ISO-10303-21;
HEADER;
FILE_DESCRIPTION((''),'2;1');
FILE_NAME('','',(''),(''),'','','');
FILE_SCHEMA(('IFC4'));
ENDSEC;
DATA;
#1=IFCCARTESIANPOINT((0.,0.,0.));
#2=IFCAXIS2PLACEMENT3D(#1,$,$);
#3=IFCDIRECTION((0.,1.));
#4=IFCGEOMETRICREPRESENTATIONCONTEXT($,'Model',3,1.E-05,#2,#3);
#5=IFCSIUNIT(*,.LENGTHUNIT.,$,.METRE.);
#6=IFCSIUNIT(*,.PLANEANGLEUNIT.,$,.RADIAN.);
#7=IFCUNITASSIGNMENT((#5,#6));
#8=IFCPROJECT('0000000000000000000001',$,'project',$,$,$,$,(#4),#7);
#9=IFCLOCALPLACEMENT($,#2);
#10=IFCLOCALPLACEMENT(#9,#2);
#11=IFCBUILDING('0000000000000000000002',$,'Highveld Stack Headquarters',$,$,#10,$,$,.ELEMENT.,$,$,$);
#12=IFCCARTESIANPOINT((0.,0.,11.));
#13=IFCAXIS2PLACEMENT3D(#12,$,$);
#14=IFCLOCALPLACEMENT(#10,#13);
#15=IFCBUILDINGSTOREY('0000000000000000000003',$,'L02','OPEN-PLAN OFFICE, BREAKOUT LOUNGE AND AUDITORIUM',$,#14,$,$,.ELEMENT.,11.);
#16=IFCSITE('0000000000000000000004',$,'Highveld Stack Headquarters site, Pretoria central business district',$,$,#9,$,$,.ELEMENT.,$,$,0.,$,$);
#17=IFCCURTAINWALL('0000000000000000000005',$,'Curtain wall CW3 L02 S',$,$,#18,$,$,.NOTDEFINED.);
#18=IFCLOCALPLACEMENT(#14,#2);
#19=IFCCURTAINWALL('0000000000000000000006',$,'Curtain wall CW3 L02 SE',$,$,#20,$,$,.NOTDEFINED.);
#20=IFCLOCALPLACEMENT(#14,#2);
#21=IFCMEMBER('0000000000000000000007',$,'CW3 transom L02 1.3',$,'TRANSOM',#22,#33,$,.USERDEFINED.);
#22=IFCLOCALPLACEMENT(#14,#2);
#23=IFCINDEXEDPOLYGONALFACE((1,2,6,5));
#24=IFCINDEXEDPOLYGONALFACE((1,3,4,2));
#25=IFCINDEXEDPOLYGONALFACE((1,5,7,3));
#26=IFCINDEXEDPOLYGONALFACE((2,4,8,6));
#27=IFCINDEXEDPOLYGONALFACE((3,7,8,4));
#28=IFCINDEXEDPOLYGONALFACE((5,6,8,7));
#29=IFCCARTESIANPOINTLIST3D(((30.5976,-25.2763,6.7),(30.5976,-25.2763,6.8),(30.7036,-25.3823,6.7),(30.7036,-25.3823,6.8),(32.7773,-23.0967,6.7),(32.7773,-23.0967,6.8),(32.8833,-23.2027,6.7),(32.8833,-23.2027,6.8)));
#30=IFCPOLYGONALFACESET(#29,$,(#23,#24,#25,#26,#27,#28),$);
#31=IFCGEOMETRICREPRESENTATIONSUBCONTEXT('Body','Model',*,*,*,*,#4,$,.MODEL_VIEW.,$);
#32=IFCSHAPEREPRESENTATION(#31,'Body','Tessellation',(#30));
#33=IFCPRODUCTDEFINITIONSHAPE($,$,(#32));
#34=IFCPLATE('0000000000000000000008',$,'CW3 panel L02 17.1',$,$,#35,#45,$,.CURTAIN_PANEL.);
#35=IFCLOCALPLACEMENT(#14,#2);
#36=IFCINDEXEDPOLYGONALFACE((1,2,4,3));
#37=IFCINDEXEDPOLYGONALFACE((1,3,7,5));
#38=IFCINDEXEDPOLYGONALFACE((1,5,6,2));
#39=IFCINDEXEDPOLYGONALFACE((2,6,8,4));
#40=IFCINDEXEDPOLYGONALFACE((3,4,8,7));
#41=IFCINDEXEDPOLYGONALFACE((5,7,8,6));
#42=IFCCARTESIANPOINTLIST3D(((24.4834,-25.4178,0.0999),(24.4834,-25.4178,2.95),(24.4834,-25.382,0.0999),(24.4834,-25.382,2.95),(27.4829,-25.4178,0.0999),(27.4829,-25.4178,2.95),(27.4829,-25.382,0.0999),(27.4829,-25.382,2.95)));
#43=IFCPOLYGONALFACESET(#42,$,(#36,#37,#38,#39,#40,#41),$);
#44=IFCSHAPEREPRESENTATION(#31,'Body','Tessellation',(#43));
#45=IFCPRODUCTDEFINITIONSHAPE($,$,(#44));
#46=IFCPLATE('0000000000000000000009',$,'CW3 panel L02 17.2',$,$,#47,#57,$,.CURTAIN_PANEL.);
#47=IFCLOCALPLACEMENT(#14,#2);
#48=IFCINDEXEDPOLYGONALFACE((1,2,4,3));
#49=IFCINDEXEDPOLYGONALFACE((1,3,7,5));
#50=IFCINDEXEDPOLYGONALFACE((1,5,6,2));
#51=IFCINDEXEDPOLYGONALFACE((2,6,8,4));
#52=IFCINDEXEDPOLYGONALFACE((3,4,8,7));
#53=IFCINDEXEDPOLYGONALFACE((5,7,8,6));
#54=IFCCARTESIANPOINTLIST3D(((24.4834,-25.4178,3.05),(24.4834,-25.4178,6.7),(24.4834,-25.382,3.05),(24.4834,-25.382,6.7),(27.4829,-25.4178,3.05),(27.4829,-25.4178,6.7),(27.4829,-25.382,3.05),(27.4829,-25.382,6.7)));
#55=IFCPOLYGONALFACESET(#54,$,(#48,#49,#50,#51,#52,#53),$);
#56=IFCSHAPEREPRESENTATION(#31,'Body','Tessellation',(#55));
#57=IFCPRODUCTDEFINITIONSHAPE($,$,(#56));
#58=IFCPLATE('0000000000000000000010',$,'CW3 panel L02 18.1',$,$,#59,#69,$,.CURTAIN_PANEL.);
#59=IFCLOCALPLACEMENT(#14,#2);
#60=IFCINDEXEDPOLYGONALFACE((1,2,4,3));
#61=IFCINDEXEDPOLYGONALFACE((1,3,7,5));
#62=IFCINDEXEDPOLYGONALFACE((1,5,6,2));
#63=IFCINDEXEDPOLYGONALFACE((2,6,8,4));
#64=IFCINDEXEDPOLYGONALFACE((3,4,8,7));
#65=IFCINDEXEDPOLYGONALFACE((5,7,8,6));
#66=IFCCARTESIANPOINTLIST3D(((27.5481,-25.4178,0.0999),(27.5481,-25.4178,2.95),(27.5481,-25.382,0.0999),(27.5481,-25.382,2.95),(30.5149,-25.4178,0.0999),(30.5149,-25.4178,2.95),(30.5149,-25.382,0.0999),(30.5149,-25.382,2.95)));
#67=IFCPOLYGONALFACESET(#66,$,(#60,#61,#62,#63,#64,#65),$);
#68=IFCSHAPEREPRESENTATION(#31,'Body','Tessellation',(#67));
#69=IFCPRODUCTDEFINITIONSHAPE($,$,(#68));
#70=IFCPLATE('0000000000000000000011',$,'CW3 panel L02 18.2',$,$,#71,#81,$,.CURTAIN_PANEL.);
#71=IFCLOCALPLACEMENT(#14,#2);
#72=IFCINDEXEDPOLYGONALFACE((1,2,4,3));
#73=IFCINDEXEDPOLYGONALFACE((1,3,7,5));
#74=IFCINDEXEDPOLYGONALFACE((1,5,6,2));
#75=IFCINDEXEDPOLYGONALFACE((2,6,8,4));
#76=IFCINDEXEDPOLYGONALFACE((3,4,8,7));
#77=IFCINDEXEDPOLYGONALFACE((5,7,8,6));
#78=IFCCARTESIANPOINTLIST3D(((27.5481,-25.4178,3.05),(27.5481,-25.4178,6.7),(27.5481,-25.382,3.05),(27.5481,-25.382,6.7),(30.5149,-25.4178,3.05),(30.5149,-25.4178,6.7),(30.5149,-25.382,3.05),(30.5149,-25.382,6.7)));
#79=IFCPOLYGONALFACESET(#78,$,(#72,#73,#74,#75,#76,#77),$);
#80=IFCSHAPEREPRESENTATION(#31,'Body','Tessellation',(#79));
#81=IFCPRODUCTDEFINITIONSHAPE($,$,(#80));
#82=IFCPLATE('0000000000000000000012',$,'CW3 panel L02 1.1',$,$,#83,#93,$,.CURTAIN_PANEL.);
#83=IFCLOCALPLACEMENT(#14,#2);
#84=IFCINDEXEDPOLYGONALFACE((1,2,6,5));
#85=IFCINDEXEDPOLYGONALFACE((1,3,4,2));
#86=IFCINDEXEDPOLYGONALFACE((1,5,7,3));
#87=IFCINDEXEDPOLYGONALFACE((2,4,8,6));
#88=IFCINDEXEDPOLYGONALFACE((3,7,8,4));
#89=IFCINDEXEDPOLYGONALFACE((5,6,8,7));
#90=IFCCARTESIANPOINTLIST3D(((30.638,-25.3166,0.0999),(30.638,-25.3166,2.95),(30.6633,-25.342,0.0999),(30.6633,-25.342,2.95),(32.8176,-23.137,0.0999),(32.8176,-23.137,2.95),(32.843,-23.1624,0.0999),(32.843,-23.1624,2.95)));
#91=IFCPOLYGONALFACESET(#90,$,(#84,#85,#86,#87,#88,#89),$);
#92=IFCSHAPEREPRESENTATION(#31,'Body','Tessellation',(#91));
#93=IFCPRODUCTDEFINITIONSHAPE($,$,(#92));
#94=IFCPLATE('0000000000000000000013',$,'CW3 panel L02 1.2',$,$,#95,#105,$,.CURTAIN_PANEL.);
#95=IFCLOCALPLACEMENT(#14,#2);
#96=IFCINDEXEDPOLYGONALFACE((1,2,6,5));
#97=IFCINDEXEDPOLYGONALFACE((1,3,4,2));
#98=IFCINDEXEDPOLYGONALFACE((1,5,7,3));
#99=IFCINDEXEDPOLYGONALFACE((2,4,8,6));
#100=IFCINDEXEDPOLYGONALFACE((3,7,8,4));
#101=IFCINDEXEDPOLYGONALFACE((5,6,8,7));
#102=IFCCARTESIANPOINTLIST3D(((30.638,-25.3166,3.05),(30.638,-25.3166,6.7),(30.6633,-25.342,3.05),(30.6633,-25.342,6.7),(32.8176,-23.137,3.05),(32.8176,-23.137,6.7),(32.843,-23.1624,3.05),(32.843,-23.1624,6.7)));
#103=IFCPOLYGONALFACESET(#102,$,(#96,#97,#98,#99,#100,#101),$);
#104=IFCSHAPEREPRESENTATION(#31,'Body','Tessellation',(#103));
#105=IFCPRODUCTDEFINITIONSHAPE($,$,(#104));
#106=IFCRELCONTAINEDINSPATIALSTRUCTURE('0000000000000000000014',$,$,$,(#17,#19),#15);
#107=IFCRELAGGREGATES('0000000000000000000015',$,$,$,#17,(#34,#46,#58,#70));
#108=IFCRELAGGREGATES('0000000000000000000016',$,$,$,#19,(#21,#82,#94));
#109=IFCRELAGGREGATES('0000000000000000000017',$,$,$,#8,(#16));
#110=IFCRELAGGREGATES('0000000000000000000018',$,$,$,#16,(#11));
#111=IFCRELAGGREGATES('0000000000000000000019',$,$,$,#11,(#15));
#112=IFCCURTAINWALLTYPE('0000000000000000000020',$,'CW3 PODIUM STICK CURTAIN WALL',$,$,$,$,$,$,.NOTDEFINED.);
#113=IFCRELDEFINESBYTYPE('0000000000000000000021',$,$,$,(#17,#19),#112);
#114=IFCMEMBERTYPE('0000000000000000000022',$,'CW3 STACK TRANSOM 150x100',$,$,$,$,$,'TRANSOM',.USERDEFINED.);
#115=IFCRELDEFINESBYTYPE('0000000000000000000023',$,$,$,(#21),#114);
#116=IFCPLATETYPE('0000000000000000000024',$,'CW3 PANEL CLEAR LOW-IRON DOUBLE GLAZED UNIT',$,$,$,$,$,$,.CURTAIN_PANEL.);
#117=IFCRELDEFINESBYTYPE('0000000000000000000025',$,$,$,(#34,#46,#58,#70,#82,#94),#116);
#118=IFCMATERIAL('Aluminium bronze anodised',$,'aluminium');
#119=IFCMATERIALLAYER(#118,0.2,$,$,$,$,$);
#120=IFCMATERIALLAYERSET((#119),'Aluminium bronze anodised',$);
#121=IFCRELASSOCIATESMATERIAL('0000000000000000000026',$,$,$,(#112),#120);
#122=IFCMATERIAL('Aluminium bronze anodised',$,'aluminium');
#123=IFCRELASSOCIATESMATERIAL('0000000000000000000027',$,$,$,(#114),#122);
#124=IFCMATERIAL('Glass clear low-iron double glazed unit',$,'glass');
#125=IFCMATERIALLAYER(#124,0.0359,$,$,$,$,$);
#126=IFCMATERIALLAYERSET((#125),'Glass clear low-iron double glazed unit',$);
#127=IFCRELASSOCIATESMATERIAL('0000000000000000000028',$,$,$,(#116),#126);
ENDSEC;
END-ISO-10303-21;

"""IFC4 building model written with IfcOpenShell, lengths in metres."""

from ifc_helpers import new_model, si_unit, direction, frame, origin, origin_2d, place, context, subcontext, project, spatial, rectangle, extrude, material, layer, layer_set, material_profile, profile_set, type_object, element, aggregate, save


model = new_model("IFC4")

# Units and contexts
model_context = context("Model", 3, precision=1e-05, world=origin(), true_north=direction((0.0, 1.0)))
body_context = subcontext(model_context, "Body", "Model", "MODEL_VIEW")
ifc_project = project(units=[si_unit("LENGTHUNIT", "METRE"), si_unit("PLANEANGLEUNIT", "RADIAN")], contexts=[model_context])

# Site, building, storey
site_placement = place(None, origin())
site = spatial("IfcSite", under=ifc_project, at=site_placement, Name="Highveld Stack Headquarters site, Pretoria central business district", CompositionType="ELEMENT", RefElevation=0.0)
building_placement = place(site_placement, origin())
building = spatial("IfcBuilding", under=site, at=building_placement, Name="Highveld Stack Headquarters", CompositionType="ELEMENT")
storey_placement = place(building_placement, frame((0.0, 0.0, 11.0)))
storey = spatial("IfcBuildingStorey", under=building, at=storey_placement, Name="L02", Description="OPEN-PLAN OFFICE, BREAKOUT LOUNGE AND AUDITORIUM", CompositionType="ELEMENT", Elevation=11.0)

# Curtain walls, member
ifc_material_1 = material(Name="Aluminium bronze anodised", Category="aluminium")
ifc_layer_1 = layer(ifc_material_1, 0.2)
ifc_layer_set_1 = layer_set([ifc_layer_1], Name="Aluminium bronze anodised")
curtain_wall_type = type_object("IfcCurtainWallType", Name="CW3 PODIUM STICK CURTAIN WALL", PredefinedType="NOTDEFINED", material=ifc_layer_set_1)
curtain_wall_1_placement = place(storey_placement, origin())
curtain_wall_1 = element("IfcCurtainWall", 1, at=curtain_wall_1_placement, inside=storey, type_object=curtain_wall_type, Name="Curtain wall CW3 L02 S", PredefinedType="NOTDEFINED")
ifc_material_2 = material(Name="Aluminium bronze anodised", Category="aluminium")
ifc_material_profile_1 = material_profile(ifc_material_2, rectangle(XDim=0.1499, YDim=0.1001, at=origin_2d()), Name="CW3 TRANSOM 150x100")
ifc_profile_set_1 = profile_set([ifc_material_profile_1], Name="Aluminium bronze anodised")
member_type_1 = type_object("IfcMemberType", Name="CW3 STACK TRANSOM 150x100", ElementType="TRANSOM", PredefinedType="USERDEFINED", material=ifc_profile_set_1)
curtain_wall_2_placement = place(storey_placement, origin())
curtain_wall_2 = element("IfcCurtainWall", 2, at=curtain_wall_2_placement, inside=storey, type_object=curtain_wall_type, Name="Curtain wall CW3 L02 SE", PredefinedType="NOTDEFINED")
member_1_placement = place(storey_placement, frame((30.6506, -25.3293, 6.75), z_axis=(0.707107, 0.707107, 0.0), x_axis=(-0.707107, 0.707107, 0.0)))
member_1 = element("IfcMember", 3, at=member_1_placement, type_object=member_type_1, Name="CW3 transom L02 1.3", ObjectType="TRANSOM", PredefinedType="USERDEFINED", context=body_context, shape_type="SweptSolid", body=[
    extrude(rectangle(XDim=0.1499, YDim=0.1001, at=origin_2d()), origin(), (0.0, 0.0, 1.0), 3.0825),
])

# Plates
ifc_material_3 = material(Name="Glass clear low-iron double glazed unit", Category="glass")
ifc_layer_2 = layer(ifc_material_3, 0.0359)
ifc_layer_set_2 = layer_set([ifc_layer_2], Name="Glass clear low-iron double glazed unit")
plate_type = type_object("IfcPlateType", Name="CW3 PANEL CLEAR LOW-IRON DOUBLE GLAZED UNIT", PredefinedType="CURTAIN_PANEL", material=ifc_layer_set_2)
plate_1_placement = place(storey_placement, frame((25.9832, -25.3999, 0.0999), z_axis=(0.0, 0.0, 1.0), x_axis=(1.0, 0.0, 0.0)))
plate_1 = element("IfcPlate", 4, at=plate_1_placement, type_object=plate_type, Name="CW3 panel L02 17.1", PredefinedType="CURTAIN_PANEL", context=body_context, shape_type="SweptSolid", body=[
    extrude(rectangle(XDim=2.9995, YDim=0.0359, at=origin_2d()), origin(), (0.0, 0.0, 1.0), 2.8501),
])
plate_2_placement = place(storey_placement, frame((25.9832, -25.3999, 3.05), z_axis=(0.0, 0.0, 1.0), x_axis=(1.0, 0.0, 0.0)))
plate_2 = element("IfcPlate", 5, at=plate_2_placement, type_object=plate_type, Name="CW3 panel L02 17.2", PredefinedType="CURTAIN_PANEL", context=body_context, shape_type="SweptSolid", body=[
    extrude(rectangle(XDim=2.9995, YDim=0.0359, at=origin_2d()), origin(), (0.0, 0.0, 1.0), 3.6499),
])
plate_3_placement = place(storey_placement, frame((29.0315, -25.3999, 0.0999), z_axis=(0.0, 0.0, 1.0), x_axis=(1.0, 0.0, 0.0)))
plate_3 = element("IfcPlate", 6, at=plate_3_placement, type_object=plate_type, Name="CW3 panel L02 18.1", PredefinedType="CURTAIN_PANEL", context=body_context, shape_type="SweptSolid", body=[
    extrude(rectangle(XDim=2.9668, YDim=0.0359, at=origin_2d()), origin(), (0.0, 0.0, 1.0), 2.8501),
])
plate_4_placement = place(storey_placement, frame((29.0315, -25.3999, 3.05), z_axis=(0.0, 0.0, 1.0), x_axis=(1.0, 0.0, 0.0)))
plate_4 = element("IfcPlate", 7, at=plate_4_placement, type_object=plate_type, Name="CW3 panel L02 18.2", PredefinedType="CURTAIN_PANEL", context=body_context, shape_type="SweptSolid", body=[
    extrude(rectangle(XDim=2.9668, YDim=0.0359, at=origin_2d()), origin(), (0.0, 0.0, 1.0), 3.6499),
])
aggregate(curtain_wall_1, [plate_1, plate_2, plate_3, plate_4])
plate_5_placement = place(storey_placement, frame((31.7405, -24.2395, 0.0999), z_axis=(0.0, 0.0, 1.0), x_axis=(0.707107, 0.707107, 0.0)))
plate_5 = element("IfcPlate", 8, at=plate_5_placement, type_object=plate_type, Name="CW3 panel L02 1.1", PredefinedType="CURTAIN_PANEL", context=body_context, shape_type="SweptSolid", body=[
    extrude(rectangle(XDim=3.0825, YDim=0.0359, at=origin_2d()), origin(), (0.0, 0.0, 1.0), 2.8501),
])
plate_6_placement = place(storey_placement, frame((31.7405, -24.2395, 3.05), z_axis=(0.0, 0.0, 1.0), x_axis=(0.707107, 0.707107, 0.0)))
plate_6 = element("IfcPlate", 9, at=plate_6_placement, type_object=plate_type, Name="CW3 panel L02 1.2", PredefinedType="CURTAIN_PANEL", context=body_context, shape_type="SweptSolid", body=[
    extrude(rectangle(XDim=3.0825, YDim=0.0359, at=origin_2d()), origin(), (0.0, 0.0, 1.0), 3.6499),
])
aggregate(curtain_wall_2, [member_1, plate_5, plate_6])

save(model, "model.ifc")
